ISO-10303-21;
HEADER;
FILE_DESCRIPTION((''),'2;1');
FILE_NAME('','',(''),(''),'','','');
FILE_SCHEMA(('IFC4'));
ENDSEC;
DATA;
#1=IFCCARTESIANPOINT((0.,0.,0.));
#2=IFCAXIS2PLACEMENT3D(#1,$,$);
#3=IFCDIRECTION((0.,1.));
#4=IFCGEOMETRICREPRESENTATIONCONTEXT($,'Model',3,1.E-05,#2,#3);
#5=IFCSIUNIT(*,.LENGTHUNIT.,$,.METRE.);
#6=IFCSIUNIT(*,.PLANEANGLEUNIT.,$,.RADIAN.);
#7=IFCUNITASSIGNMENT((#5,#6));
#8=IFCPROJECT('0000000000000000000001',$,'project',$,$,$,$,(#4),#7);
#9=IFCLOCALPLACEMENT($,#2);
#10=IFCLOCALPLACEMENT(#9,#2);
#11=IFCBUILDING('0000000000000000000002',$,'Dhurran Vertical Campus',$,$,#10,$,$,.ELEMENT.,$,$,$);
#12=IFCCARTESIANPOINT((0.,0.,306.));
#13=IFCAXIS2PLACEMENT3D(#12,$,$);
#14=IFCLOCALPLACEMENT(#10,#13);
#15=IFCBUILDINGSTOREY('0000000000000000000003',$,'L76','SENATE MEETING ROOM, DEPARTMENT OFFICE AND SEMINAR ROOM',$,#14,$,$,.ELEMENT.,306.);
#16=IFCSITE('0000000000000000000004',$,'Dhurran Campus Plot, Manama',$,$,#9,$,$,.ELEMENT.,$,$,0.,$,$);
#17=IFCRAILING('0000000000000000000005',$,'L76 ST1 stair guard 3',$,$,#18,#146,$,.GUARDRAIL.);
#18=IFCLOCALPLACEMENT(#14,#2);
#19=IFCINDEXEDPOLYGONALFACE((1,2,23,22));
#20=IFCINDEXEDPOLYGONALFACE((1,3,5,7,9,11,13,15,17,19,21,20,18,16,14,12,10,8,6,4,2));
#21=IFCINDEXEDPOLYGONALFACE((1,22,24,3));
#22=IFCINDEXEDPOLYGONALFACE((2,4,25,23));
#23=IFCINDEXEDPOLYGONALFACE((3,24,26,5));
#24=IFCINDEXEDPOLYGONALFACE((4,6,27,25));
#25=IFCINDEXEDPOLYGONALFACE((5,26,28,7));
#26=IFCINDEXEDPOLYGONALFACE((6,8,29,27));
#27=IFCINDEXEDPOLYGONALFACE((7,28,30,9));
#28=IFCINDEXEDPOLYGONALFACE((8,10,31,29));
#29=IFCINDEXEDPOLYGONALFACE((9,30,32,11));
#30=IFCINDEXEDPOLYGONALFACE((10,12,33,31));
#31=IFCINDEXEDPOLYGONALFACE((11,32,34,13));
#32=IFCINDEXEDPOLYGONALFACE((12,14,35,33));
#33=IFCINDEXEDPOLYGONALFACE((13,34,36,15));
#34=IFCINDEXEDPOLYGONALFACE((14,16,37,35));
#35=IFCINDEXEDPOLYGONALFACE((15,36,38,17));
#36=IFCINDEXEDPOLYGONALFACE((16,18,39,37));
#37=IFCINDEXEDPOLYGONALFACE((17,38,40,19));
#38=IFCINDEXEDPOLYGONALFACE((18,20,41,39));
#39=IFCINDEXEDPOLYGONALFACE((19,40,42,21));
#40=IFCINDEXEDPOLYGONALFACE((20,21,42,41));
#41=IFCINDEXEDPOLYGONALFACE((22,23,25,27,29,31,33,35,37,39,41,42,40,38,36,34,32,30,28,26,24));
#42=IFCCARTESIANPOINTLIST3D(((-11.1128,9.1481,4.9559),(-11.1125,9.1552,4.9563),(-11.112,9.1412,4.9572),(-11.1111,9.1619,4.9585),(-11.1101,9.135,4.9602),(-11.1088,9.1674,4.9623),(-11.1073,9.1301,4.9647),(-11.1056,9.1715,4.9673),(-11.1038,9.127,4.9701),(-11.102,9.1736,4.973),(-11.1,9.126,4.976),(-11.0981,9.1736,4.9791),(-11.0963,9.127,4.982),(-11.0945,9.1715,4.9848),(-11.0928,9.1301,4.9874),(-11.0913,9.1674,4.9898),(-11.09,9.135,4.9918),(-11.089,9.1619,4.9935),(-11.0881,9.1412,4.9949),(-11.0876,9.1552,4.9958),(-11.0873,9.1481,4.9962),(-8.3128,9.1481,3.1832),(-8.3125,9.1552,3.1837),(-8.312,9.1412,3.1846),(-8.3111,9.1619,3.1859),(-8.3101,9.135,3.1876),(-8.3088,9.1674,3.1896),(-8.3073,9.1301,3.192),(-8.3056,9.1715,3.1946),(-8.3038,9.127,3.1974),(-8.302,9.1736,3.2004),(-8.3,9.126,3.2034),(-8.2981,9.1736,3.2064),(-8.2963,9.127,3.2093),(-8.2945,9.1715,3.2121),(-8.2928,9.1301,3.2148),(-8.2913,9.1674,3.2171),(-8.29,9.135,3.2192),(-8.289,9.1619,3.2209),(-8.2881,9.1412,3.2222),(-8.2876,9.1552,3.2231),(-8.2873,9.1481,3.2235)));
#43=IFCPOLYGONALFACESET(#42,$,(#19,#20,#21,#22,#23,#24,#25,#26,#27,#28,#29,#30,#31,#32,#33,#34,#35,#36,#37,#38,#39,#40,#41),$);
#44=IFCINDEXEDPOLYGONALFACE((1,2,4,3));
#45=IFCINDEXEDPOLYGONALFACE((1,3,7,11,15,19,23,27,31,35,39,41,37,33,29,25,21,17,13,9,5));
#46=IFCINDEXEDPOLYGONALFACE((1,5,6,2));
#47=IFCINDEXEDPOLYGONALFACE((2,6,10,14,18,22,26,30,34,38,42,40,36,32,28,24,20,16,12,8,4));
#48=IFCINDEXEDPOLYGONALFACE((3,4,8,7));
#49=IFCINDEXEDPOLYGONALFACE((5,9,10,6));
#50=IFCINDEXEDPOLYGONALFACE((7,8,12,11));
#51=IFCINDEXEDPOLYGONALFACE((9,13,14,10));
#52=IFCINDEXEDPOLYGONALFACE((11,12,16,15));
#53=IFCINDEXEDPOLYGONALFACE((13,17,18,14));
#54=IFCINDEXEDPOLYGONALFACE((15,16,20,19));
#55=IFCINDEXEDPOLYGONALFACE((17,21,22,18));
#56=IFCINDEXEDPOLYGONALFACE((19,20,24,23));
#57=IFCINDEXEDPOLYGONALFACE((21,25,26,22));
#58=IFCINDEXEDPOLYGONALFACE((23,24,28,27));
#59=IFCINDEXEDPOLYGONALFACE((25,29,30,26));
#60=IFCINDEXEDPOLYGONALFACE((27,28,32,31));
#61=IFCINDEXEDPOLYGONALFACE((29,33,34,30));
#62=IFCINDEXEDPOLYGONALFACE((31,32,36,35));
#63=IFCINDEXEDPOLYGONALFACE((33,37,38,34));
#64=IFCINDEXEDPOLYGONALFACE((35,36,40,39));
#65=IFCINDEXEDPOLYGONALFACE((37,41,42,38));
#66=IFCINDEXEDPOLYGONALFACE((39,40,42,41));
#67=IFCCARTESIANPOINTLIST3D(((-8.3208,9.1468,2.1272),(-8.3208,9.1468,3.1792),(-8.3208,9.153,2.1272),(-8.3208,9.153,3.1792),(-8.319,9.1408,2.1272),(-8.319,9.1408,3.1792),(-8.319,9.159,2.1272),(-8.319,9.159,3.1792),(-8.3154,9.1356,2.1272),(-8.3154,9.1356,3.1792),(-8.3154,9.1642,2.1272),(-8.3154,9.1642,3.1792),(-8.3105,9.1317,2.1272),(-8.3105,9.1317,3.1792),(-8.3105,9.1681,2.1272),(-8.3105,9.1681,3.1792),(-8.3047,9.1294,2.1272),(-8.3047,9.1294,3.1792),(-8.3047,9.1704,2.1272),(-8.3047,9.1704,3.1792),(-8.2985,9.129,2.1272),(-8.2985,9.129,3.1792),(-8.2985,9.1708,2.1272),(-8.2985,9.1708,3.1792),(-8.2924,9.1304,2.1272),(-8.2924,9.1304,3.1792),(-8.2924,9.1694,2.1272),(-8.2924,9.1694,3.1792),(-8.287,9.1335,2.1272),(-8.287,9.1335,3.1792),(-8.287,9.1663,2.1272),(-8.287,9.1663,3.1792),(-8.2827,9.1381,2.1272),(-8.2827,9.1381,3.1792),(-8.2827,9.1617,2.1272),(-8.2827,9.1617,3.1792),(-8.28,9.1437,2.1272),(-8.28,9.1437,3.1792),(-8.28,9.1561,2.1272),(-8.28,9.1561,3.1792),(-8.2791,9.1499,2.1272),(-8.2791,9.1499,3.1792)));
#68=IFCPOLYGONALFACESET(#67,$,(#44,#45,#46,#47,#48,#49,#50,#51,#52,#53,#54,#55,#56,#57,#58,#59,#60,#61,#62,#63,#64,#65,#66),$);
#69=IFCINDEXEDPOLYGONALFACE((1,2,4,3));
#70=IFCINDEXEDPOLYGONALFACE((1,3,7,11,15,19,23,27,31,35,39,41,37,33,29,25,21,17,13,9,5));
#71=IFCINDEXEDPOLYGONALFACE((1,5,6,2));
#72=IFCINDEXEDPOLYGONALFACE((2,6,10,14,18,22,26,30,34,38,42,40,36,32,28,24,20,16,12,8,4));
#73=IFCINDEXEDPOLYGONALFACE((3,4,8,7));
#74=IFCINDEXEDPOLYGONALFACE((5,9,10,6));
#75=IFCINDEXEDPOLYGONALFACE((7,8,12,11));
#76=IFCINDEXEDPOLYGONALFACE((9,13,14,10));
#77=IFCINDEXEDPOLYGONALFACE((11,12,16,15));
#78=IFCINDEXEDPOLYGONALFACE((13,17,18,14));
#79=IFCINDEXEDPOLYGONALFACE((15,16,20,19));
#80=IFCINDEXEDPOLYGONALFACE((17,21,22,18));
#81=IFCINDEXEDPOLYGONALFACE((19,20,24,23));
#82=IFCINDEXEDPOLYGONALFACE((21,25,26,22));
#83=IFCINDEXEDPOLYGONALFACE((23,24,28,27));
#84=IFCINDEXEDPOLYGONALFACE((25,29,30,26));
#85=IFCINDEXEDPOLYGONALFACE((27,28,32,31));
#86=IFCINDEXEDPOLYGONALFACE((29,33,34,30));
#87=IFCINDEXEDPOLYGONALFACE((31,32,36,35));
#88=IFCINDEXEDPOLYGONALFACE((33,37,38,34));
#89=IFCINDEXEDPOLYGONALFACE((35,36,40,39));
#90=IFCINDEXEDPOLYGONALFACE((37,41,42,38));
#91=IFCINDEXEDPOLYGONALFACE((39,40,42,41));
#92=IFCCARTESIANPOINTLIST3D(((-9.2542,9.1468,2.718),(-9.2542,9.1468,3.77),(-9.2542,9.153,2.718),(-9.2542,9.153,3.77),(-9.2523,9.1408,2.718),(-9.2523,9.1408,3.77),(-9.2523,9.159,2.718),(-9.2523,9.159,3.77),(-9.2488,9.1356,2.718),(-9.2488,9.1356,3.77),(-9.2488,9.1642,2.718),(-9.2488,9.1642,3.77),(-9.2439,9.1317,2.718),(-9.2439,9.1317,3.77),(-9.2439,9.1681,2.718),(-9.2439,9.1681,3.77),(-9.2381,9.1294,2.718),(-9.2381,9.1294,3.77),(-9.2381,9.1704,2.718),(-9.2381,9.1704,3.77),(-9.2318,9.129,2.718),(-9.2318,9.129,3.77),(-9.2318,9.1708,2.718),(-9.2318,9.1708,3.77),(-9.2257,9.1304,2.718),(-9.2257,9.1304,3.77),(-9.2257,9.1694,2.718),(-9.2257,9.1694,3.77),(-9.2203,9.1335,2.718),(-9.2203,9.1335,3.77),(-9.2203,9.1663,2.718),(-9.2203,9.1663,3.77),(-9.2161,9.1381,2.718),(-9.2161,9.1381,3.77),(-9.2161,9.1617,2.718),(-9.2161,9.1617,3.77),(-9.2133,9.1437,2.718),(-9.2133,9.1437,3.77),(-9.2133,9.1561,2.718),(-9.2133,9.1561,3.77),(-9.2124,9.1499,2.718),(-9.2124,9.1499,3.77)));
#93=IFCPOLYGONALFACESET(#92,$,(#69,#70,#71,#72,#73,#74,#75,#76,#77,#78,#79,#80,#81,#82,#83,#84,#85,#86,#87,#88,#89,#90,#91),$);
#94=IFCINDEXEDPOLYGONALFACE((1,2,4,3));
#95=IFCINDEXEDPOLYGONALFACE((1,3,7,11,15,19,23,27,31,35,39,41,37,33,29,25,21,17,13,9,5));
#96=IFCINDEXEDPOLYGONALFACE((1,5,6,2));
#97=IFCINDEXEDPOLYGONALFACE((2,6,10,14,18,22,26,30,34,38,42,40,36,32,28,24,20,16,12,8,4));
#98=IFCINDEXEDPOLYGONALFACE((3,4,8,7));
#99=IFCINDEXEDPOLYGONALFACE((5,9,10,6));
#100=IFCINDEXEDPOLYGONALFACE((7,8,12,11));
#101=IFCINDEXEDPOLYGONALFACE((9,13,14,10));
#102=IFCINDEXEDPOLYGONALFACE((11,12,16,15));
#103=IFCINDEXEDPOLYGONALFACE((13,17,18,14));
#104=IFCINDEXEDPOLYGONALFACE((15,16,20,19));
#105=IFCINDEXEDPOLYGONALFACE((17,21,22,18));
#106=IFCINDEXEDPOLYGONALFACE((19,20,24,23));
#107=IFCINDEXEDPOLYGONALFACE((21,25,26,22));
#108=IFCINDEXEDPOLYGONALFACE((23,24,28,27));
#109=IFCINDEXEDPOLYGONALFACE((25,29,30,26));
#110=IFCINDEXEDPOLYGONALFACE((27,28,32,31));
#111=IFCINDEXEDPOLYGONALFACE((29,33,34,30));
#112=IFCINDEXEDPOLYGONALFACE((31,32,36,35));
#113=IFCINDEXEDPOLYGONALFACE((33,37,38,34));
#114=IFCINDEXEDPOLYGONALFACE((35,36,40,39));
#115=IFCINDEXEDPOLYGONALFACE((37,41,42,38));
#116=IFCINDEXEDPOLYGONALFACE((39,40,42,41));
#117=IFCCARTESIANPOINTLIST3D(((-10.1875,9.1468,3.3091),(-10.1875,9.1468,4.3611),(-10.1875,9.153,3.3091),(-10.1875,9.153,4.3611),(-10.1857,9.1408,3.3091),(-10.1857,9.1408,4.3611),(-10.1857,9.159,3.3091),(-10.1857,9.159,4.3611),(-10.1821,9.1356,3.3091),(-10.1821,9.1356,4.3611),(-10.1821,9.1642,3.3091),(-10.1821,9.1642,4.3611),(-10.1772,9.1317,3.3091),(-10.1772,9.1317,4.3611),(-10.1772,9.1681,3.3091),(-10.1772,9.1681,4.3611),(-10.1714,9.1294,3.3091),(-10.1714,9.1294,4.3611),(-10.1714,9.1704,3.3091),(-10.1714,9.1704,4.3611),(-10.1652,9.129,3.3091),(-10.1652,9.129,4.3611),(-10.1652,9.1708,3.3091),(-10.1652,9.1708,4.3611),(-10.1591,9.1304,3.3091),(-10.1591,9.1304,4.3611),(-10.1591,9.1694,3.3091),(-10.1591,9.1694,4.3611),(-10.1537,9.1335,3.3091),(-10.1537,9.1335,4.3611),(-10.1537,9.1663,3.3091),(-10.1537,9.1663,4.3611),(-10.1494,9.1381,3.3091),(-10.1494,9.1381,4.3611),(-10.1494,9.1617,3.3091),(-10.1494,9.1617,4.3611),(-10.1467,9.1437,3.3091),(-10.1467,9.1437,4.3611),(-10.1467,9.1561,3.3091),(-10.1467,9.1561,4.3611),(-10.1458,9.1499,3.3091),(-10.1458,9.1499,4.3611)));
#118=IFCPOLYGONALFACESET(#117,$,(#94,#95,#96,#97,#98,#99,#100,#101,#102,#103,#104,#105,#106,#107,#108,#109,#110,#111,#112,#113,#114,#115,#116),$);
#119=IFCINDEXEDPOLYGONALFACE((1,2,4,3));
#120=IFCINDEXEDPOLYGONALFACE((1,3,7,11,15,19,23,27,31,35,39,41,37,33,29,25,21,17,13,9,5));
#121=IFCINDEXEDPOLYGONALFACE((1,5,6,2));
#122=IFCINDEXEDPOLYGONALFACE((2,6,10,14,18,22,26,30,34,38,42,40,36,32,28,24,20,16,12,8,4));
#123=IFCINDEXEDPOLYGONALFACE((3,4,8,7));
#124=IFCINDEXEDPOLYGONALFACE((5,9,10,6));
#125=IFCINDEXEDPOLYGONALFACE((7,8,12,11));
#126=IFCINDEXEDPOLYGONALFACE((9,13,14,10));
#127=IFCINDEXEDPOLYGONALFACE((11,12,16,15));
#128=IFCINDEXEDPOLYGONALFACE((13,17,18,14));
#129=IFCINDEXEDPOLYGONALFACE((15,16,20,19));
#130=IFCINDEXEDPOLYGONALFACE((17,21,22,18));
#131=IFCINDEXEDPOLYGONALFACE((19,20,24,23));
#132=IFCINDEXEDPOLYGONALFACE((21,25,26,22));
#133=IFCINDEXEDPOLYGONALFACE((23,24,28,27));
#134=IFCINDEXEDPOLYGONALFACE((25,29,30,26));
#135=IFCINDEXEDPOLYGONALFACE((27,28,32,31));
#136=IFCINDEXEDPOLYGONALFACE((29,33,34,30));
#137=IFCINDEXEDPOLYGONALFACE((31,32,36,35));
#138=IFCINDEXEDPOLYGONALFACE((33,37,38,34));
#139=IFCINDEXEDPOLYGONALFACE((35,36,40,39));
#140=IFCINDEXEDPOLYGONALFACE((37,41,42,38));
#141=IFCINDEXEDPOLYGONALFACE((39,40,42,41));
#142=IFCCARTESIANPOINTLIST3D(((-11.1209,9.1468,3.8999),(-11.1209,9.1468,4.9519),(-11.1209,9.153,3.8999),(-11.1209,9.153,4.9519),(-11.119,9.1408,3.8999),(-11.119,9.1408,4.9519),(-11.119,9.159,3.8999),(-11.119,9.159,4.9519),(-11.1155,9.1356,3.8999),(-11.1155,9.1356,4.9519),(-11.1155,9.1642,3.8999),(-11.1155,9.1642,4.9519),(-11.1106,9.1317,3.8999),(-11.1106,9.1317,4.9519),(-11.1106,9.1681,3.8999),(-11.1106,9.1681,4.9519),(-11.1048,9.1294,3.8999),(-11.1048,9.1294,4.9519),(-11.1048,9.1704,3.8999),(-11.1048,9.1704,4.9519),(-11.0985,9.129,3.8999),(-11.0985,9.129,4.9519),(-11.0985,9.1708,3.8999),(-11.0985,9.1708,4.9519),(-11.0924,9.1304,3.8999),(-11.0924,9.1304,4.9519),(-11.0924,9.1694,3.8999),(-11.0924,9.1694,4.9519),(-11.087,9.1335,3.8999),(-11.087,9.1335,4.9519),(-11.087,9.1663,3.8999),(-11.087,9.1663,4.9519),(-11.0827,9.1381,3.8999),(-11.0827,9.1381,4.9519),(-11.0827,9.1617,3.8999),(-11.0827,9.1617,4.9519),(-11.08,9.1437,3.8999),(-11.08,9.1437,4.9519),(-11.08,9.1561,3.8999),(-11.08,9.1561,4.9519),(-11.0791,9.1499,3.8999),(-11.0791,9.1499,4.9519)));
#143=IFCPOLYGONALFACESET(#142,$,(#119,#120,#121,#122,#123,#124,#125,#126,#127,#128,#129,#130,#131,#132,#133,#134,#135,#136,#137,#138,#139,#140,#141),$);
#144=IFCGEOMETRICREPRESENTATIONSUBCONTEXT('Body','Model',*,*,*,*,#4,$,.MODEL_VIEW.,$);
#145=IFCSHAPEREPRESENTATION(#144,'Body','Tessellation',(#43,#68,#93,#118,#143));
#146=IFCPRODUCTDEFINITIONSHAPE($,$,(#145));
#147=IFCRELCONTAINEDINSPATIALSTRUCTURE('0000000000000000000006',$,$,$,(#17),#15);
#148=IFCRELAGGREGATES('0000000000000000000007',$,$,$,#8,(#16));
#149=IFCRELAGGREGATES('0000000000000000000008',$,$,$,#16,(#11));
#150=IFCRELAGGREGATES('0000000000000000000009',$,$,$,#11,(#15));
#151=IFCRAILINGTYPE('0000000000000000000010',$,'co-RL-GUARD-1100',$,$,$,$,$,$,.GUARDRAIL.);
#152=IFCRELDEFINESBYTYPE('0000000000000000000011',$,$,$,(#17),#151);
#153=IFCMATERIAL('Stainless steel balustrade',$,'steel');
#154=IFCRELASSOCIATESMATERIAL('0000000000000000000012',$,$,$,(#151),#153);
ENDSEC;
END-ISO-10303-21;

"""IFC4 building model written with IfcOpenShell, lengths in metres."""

from ifc_helpers import new_model, si_unit, direction, frame, origin, origin_2d, place, context, subcontext, project, spatial, circle, extrude, material, type_object, element, save


model = new_model("IFC4")

# Units and contexts
model_context = context("Model", 3, precision=1e-05, world=origin(), true_north=direction((0.0, 1.0)))
body_context = subcontext(model_context, "Body", "Model", "MODEL_VIEW")
ifc_project = project(units=[si_unit("LENGTHUNIT", "METRE"), si_unit("PLANEANGLEUNIT", "RADIAN")], contexts=[model_context])

# Site, building, storey
site_placement = place(None, origin())
site = spatial("IfcSite", under=ifc_project, at=site_placement, Name="Dhurran Campus Plot, Manama", CompositionType="ELEMENT", RefElevation=0.0)
building_placement = place(site_placement, origin())
building = spatial("IfcBuilding", under=site, at=building_placement, Name="Dhurran Vertical Campus", CompositionType="ELEMENT")
storey_placement = place(building_placement, frame((0.0, 0.0, 306.0)))
storey = spatial("IfcBuildingStorey", under=building, at=storey_placement, Name="L76", Description="SENATE MEETING ROOM, DEPARTMENT OFFICE AND SEMINAR ROOM", CompositionType="ELEMENT", Elevation=306.0)

# Railing
ifc_material_1 = material(Name="Stainless steel balustrade", Category="steel")
railing_type_1 = type_object("IfcRailingType", Name="co-RL-GUARD-1100", PredefinedType="GUARDRAIL", material=ifc_material_1)
railing_1_placement = place(storey_placement, frame((-8.3, 9.1499, 2.1272)))
element("IfcRailing", 1, at=railing_1_placement, inside=storey, type_object=railing_type_1, Name="L76 ST1 stair guard 3", PredefinedType="GUARDRAIL", context=body_context, shape_type="SweptSolid", body=[
    extrude(circle(Radius=0.0239, at=origin_2d()), frame((0.0, 0.0, 1.0762), z_axis=(-0.844909, 0.0, 0.53491), x_axis=(0.0, -1.0, 0.0)), (0.0, 0.0, 1.0), 3.314),
    extrude(circle(Radius=0.021, at=origin_2d()), origin(), (0.0, 0.0, 1.0), 1.052),
    extrude(circle(Radius=0.021, at=origin_2d()), frame((-0.9333, 0.0, 0.5908)), (0.0, 0.0, 1.0), 1.052),
    extrude(circle(Radius=0.021, at=origin_2d()), frame((-1.8667, 0.0, 1.1819)), (0.0, 0.0, 1.0), 1.052),
    extrude(circle(Radius=0.021, at=origin_2d()), frame((-2.8, 0.0, 1.7727)), (0.0, 0.0, 1.0), 1.052),
])

save(model, "model.ifc")
